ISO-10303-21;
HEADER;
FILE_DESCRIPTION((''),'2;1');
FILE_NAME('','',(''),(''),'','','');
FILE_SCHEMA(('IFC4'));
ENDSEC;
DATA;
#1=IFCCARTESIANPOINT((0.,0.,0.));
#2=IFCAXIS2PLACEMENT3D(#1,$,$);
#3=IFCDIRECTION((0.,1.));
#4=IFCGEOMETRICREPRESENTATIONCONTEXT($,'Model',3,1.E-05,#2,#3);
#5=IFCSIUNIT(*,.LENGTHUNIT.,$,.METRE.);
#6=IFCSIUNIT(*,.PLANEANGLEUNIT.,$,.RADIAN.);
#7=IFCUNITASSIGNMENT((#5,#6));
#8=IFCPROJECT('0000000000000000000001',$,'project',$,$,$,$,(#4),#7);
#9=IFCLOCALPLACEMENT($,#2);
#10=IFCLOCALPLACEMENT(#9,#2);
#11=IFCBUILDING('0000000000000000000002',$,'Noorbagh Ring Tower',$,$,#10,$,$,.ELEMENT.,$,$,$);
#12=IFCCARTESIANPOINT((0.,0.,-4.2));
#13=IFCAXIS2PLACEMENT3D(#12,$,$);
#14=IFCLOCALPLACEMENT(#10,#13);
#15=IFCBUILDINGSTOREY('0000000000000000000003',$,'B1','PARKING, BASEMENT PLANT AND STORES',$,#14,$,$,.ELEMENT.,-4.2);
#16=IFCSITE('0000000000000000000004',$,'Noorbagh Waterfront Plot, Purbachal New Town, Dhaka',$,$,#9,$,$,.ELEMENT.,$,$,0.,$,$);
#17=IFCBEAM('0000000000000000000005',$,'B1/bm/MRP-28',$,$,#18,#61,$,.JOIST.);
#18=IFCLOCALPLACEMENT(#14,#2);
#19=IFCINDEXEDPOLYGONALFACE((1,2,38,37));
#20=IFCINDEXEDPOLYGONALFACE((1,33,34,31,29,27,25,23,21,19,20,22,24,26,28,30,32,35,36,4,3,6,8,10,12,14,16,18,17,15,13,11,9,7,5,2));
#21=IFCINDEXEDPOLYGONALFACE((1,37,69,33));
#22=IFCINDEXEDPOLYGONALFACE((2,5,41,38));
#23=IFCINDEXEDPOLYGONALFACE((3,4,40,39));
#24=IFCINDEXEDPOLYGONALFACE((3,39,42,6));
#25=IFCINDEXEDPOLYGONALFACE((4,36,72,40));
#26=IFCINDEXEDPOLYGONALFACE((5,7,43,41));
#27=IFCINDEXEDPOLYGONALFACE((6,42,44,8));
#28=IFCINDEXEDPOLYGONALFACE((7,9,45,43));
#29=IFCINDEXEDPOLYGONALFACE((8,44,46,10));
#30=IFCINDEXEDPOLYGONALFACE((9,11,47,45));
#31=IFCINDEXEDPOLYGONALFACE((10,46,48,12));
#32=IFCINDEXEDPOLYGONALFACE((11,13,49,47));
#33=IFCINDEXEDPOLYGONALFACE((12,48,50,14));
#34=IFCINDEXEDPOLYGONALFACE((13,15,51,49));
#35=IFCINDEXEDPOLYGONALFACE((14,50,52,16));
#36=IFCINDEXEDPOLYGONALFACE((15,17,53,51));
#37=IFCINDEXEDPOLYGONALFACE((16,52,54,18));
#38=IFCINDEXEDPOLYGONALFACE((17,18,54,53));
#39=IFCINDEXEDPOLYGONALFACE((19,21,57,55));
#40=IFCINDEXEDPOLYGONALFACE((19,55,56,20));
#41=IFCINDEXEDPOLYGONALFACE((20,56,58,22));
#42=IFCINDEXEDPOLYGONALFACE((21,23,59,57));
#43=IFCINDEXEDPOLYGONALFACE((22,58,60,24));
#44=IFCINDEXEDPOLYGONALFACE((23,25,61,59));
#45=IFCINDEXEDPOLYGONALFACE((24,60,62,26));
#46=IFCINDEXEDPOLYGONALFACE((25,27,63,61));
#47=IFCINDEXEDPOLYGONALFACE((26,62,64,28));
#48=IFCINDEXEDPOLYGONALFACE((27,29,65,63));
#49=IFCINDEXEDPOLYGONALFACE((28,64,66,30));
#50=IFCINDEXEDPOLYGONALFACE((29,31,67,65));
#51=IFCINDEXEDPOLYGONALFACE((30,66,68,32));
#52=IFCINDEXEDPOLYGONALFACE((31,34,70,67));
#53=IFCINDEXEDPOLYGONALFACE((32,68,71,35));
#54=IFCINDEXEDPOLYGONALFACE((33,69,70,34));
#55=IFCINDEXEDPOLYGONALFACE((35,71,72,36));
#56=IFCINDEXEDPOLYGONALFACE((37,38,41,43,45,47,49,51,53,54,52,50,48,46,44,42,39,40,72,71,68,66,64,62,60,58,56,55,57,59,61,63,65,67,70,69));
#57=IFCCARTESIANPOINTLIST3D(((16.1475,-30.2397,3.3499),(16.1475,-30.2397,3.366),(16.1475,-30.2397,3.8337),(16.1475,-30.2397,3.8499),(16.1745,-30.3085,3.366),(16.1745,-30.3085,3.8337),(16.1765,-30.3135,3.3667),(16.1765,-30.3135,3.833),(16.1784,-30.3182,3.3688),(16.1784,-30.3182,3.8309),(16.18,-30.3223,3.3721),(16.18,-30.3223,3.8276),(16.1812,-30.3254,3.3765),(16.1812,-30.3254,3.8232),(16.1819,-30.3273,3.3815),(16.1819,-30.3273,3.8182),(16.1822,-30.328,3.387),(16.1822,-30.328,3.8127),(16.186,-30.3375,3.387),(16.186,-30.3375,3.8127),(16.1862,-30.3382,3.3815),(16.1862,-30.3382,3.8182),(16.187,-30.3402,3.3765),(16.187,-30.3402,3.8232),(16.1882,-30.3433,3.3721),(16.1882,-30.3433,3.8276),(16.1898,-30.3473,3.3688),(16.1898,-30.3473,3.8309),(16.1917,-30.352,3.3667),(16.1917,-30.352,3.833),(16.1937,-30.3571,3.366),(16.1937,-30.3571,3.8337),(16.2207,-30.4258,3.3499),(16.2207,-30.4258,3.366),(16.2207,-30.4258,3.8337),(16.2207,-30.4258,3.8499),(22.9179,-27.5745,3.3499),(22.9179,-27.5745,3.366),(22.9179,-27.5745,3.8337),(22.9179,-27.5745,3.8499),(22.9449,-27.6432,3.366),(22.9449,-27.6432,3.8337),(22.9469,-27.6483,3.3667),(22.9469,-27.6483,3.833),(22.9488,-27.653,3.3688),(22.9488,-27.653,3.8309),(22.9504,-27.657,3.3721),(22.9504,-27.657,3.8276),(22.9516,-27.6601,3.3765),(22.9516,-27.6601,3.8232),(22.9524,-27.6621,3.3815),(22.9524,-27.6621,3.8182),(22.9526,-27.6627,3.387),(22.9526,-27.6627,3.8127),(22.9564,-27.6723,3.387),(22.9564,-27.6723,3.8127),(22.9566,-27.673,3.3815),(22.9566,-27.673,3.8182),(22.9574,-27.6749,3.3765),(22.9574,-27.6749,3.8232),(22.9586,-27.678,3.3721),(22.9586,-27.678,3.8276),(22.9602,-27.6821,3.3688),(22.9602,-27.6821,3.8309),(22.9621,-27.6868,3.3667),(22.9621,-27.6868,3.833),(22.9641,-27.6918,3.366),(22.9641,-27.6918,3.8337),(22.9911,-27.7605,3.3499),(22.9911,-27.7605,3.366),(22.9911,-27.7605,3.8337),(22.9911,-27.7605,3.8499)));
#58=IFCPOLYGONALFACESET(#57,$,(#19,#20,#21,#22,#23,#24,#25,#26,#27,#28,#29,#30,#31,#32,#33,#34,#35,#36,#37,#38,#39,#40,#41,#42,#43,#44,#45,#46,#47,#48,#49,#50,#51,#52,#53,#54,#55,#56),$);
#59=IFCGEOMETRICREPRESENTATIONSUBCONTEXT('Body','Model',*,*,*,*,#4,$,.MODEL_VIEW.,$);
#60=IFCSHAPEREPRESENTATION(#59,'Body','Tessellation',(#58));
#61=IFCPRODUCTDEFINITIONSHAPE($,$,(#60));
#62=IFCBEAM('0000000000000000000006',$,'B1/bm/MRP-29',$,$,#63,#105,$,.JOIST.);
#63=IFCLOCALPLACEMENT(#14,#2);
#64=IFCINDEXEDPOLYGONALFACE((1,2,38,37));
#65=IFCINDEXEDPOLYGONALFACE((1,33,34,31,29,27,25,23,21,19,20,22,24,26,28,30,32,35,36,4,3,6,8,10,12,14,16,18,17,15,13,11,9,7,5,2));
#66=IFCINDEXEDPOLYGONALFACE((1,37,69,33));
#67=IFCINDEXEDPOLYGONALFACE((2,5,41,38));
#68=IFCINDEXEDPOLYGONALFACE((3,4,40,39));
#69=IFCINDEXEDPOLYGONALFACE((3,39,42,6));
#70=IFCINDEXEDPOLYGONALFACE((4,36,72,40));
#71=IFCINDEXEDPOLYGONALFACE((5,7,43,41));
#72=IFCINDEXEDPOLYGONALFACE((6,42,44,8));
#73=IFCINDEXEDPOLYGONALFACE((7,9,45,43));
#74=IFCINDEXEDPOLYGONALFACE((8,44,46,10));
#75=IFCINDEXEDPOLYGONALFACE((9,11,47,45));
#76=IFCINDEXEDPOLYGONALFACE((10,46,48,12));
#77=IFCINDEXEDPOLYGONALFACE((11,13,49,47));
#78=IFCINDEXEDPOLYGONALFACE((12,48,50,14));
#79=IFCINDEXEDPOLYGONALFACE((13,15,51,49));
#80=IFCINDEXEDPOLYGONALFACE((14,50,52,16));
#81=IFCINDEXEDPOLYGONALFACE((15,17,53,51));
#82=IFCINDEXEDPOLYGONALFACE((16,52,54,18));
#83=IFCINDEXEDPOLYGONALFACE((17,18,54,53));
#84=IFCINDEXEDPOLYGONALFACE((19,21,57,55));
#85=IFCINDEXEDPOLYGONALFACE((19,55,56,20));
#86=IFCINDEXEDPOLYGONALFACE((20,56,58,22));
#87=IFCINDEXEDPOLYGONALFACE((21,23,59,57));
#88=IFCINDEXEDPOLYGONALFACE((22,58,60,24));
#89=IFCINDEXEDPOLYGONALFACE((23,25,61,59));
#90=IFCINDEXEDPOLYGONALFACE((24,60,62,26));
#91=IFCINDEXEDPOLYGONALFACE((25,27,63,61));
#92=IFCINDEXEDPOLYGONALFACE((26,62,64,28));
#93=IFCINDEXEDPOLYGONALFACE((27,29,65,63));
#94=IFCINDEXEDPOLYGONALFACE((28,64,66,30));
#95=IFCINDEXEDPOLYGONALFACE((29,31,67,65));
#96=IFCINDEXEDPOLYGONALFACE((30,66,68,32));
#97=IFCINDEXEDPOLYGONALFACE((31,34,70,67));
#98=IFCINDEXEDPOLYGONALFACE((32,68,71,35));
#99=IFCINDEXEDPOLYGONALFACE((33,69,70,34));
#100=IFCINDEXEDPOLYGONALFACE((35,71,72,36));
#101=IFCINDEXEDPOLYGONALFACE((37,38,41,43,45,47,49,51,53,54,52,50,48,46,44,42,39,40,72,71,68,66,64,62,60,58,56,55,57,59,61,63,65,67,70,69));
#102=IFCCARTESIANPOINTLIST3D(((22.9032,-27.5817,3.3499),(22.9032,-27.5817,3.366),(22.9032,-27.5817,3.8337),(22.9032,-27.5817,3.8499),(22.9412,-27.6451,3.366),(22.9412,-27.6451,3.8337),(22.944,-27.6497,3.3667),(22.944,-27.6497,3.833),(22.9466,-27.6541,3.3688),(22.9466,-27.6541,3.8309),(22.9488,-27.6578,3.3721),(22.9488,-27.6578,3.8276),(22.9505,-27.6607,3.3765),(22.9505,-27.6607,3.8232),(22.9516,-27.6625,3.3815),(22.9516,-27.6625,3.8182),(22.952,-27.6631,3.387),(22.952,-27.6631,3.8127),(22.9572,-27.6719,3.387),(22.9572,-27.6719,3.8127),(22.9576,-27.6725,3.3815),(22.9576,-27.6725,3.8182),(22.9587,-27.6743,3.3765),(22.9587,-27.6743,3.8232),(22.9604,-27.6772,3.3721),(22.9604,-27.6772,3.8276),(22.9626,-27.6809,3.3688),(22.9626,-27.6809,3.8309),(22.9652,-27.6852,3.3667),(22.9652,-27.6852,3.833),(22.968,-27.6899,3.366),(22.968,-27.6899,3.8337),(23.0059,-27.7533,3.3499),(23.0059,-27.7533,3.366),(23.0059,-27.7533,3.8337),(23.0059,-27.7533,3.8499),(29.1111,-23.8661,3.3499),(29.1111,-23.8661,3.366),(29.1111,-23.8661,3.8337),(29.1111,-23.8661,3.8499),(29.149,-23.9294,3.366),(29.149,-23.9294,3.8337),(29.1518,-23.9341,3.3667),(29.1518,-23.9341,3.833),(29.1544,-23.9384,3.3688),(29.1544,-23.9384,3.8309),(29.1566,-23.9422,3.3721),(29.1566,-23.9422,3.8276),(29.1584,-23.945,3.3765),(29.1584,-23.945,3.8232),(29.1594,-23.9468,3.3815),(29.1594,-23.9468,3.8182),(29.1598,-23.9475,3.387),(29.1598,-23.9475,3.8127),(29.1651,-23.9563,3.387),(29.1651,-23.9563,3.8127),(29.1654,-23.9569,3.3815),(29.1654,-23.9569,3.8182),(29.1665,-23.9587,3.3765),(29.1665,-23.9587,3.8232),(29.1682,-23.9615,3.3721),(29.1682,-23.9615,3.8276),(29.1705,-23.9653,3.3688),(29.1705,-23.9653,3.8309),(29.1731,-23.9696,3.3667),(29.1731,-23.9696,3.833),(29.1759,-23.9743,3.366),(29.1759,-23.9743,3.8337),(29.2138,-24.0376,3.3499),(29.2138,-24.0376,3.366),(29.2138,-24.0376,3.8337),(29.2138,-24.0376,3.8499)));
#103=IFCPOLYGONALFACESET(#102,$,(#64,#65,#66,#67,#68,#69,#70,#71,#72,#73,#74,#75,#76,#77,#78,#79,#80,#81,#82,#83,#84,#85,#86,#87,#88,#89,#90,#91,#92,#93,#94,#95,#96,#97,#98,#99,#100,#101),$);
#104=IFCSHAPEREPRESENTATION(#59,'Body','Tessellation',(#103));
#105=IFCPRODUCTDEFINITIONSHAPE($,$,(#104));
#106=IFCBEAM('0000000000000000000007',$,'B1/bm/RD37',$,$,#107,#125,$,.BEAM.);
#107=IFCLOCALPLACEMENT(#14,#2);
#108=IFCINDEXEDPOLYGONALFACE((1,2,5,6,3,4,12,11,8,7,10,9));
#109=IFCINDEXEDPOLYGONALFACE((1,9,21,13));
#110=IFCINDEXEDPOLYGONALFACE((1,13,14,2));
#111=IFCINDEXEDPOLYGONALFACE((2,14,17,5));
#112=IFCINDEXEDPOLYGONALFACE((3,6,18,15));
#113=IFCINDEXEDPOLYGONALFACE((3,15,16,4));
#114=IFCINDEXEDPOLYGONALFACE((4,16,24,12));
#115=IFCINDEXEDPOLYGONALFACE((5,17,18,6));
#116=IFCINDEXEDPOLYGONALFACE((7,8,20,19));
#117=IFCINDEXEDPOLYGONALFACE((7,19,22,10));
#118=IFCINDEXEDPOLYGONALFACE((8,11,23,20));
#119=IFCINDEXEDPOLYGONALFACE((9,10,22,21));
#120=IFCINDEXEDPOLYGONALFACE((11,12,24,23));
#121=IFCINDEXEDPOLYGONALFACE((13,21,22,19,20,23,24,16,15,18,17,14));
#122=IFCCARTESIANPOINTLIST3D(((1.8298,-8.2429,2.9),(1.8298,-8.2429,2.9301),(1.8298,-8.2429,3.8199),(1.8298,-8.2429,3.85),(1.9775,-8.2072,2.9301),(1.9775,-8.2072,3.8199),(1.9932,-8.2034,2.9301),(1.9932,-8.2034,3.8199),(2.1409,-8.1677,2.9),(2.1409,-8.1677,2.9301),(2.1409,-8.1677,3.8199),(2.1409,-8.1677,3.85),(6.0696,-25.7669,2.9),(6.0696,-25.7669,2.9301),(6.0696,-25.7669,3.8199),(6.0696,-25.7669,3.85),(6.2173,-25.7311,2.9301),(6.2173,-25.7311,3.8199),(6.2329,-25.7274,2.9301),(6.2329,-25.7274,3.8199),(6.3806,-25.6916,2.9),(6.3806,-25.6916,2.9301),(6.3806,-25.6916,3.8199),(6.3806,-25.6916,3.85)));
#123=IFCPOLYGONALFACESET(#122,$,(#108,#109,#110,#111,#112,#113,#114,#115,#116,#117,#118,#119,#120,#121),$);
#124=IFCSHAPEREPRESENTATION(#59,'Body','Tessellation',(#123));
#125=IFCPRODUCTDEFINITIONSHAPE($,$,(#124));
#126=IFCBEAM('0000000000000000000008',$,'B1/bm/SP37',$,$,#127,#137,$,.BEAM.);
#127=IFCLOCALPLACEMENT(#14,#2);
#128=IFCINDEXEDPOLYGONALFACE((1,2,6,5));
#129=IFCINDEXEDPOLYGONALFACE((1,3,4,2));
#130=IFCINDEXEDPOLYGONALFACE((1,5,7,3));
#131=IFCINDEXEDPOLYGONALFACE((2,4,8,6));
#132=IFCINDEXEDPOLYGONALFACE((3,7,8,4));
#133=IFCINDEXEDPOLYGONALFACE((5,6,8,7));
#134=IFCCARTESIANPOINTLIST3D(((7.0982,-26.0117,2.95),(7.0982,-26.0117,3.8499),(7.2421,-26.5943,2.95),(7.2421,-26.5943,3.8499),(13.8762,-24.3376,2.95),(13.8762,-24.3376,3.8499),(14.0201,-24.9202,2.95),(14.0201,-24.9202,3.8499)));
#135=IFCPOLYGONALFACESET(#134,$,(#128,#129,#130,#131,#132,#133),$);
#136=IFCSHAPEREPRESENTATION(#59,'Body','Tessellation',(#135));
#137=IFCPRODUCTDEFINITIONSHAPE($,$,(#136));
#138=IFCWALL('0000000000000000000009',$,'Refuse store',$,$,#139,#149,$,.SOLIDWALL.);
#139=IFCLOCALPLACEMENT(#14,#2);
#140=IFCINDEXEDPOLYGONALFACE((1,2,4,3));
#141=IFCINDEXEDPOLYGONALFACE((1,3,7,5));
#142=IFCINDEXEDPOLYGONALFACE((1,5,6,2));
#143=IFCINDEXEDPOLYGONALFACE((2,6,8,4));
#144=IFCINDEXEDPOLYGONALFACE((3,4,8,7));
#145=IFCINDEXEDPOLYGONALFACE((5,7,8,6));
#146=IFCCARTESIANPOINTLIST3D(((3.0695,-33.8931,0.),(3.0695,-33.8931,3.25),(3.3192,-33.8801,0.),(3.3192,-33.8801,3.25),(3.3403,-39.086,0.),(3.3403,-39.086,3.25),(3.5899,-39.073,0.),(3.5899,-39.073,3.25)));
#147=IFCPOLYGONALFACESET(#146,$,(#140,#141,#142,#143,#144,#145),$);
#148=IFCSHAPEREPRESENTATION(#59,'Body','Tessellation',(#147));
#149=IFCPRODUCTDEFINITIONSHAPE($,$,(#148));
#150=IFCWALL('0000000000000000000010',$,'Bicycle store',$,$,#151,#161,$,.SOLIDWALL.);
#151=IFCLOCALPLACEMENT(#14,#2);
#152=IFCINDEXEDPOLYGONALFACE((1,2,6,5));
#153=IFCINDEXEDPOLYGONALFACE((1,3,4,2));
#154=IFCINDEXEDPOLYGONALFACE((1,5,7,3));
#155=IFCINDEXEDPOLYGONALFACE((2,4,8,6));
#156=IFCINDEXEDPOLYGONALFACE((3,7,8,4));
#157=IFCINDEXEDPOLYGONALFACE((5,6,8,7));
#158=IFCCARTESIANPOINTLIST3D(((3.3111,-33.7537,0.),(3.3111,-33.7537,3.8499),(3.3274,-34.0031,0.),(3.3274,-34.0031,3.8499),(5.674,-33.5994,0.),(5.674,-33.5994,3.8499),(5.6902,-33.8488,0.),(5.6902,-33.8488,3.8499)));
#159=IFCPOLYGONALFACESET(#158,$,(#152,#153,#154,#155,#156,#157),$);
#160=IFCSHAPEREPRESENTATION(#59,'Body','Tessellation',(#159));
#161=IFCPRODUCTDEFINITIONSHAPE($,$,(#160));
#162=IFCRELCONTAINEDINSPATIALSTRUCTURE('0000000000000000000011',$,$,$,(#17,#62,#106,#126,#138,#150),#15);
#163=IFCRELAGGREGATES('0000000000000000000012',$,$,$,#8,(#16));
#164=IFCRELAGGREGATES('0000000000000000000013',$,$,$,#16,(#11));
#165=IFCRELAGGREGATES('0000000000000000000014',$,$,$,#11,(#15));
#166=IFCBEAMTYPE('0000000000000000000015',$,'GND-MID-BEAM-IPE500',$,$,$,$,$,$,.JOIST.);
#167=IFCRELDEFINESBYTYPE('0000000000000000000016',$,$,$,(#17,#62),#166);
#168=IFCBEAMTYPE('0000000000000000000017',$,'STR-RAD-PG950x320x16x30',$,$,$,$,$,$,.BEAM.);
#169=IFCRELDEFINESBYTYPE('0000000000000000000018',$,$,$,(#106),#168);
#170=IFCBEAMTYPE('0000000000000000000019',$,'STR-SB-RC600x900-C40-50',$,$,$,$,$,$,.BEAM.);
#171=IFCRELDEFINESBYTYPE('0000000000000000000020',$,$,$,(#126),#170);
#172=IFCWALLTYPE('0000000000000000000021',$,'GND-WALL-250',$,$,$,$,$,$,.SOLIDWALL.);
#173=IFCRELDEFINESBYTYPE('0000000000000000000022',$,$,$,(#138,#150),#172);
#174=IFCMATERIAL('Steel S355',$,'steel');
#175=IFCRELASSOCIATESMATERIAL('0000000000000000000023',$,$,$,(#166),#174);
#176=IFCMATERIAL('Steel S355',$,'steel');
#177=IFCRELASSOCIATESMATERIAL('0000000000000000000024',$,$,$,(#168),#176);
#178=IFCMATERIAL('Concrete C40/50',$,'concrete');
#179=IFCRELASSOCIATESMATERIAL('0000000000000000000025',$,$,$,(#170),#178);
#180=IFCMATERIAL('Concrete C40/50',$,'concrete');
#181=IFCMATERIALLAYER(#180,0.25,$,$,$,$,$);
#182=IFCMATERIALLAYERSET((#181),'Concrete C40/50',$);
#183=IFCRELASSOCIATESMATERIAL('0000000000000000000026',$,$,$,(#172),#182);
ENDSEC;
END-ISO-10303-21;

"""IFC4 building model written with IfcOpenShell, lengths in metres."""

from ifc_helpers import new_model, si_unit, direction, frame, frame_2d, origin, origin_2d, place, context, subcontext, project, spatial, rectangle, i_section, extrude, material, layer, layer_set, material_profile, profile_set, type_object, element, save


model = new_model("IFC4")

# Units and contexts
model_context = context("Model", 3, precision=1e-05, world=origin(), true_north=direction((0.0, 1.0)))
body_context = subcontext(model_context, "Body", "Model", "MODEL_VIEW")
ifc_project = project(units=[si_unit("LENGTHUNIT", "METRE"), si_unit("PLANEANGLEUNIT", "RADIAN")], contexts=[model_context])

# Site, building, storey
site_placement = place(None, origin())
site = spatial("IfcSite", under=ifc_project, at=site_placement, Name="Noorbagh Waterfront Plot, Purbachal New Town, Dhaka", CompositionType="ELEMENT", RefElevation=0.0)
building_placement = place(site_placement, origin())
building = spatial("IfcBuilding", under=site, at=building_placement, Name="Noorbagh Ring Tower", CompositionType="ELEMENT")
storey_placement = place(building_placement, frame((0.0, 0.0, -4.2)))
storey = spatial("IfcBuildingStorey", under=building, at=storey_placement, Name="B1", Description="PARKING, BASEMENT PLANT AND STORES", CompositionType="ELEMENT", Elevation=-4.2)

# Beams
ifc_material_1 = material(Name="Steel S355", Category="steel")
ifc_material_profile_1 = material_profile(ifc_material_1, i_section(OverallWidth=0.2, OverallDepth=0.5, WebThickness=0.0103, FlangeThickness=0.0161, FilletRadius=0.021, at=origin_2d()), Name="IPE500")
ifc_profile_set_1 = profile_set([ifc_material_profile_1], Name="Steel S355")
beam_type_1 = type_object("IfcBeamType", Name="GND-MID-BEAM-IPE500", PredefinedType="JOIST", material=ifc_profile_set_1)
beam_1_placement = place(storey_placement, frame((16.1841, -30.3328, 3.5999), z_axis=(0.930497, 0.3663, 0.0), x_axis=(-0.3663, 0.930497, 0.0)))
element("IfcBeam", 1, at=beam_1_placement, inside=storey, type_object=beam_type_1, Name="B1/bm/MRP-28", PredefinedType="JOIST", context=body_context, shape_type="SweptSolid", body=[
    extrude(i_section(OverallWidth=0.2, OverallDepth=0.5, WebThickness=0.0103, FlangeThickness=0.0161, FilletRadius=0.021, at=origin_2d()), origin(), (0.0, 0.0, 1.0), 7.2761),
])
beam_2_placement = place(storey_placement, frame((22.9546, -27.6675, 3.5999), z_axis=(0.858046, 0.513572, 0.0), x_axis=(-0.513572, 0.858046, 0.0)))
element("IfcBeam", 2, at=beam_2_placement, inside=storey, type_object=beam_type_1, Name="B1/bm/MRP-29", PredefinedType="JOIST", context=body_context, shape_type="SweptSolid", body=[
    extrude(i_section(OverallWidth=0.2, OverallDepth=0.5, WebThickness=0.0103, FlangeThickness=0.0161, FilletRadius=0.021, at=origin_2d()), origin(), (0.0, 0.0, 1.0), 7.2349),
])
ifc_material_2 = material(Name="Steel S355", Category="steel")
ifc_material_profile_2 = material_profile(ifc_material_2, i_section(OverallWidth=0.3201, OverallDepth=0.95, WebThickness=0.0161, FlangeThickness=0.03, at=origin_2d()), Name="PG950x320x16x30")
ifc_profile_set_2 = profile_set([ifc_material_profile_2], Name="Steel S355")
beam_type_2 = type_object("IfcBeamType", Name="STR-RAD-PG950x320x16x30", PredefinedType="BEAM", material=ifc_profile_set_2)
beam_3_placement = place(storey_placement, frame((6.2251, -25.7292, 3.375), z_axis=(-0.235156, 0.971958, 0.0), x_axis=(-0.971958, -0.235156, 0.0)))
element("IfcBeam", 3, at=beam_3_placement, inside=storey, type_object=beam_type_2, Name="B1/bm/RD37", PredefinedType="BEAM", context=body_context, shape_type="SweptSolid", body=[
    extrude(i_section(OverallWidth=0.3201, OverallDepth=0.95, WebThickness=0.0161, FlangeThickness=0.03, at=origin_2d()), origin(), (0.0, 0.0, 1.0), 18.0295),
])
ifc_material_3 = material(Name="Concrete C40/50", Category="concrete")
ifc_material_profile_3 = material_profile(ifc_material_3, rectangle(XDim=0.6001, YDim=0.8999, at=origin_2d()), Name="RC600x900")
ifc_profile_set_3 = profile_set([ifc_material_profile_3], Name="Concrete C40/50")
beam_type_3 = type_object("IfcBeamType", Name="STR-SB-RC600x900-C40-50", PredefinedType="BEAM", material=ifc_profile_set_3)
beam_4_placement = place(storey_placement, frame((7.1702, -26.303, 3.3999), z_axis=(0.970828, 0.239778, 0.0), x_axis=(-0.239778, 0.970828, 0.0)))
element("IfcBeam", 4, at=beam_4_placement, inside=storey, type_object=beam_type_3, Name="B1/bm/SP37", PredefinedType="BEAM", context=body_context, shape_type="SweptSolid", body=[
    extrude(rectangle(XDim=0.6001, YDim=0.8999, at=origin_2d()), origin(), (0.0, 0.0, 1.0), 6.9817),
])

# Walls
ifc_material_4 = material(Name="Concrete C40/50", Category="concrete")
ifc_layer_1 = layer(ifc_material_4, 0.25)
ifc_layer_set_1 = layer_set([ifc_layer_1], Name="Concrete C40/50")
wall_type_1 = type_object("IfcWallType", Name="GND-WALL-250", PredefinedType="SOLIDWALL", material=ifc_layer_set_1)
wall_1_placement = place(storey_placement, frame((3.1943, -33.8865, 0.0), z_axis=(0.0, 0.0, 1.0), x_axis=(0.052068, -0.998644, 0.0)))
element("IfcWall", 5, at=wall_1_placement, inside=storey, type_object=wall_type_1, Name="Refuse store", PredefinedType="SOLIDWALL", context=body_context, shape_type="SweptSolid", body=[
    extrude(rectangle(XDim=5.2, YDim=0.25, at=frame_2d((2.6001, 0.0))), origin(), (0.0, 0.0, 1.0), 3.25),
])
wall_2_placement = place(storey_placement, frame((3.3191, -33.8784, 0.0), z_axis=(0.0, 0.0, 1.0), x_axis=(0.997875, 0.065164, 0.0)))
element("IfcWall", 6, at=wall_2_placement, inside=storey, type_object=wall_type_1, Name="Bicycle store", PredefinedType="SOLIDWALL", context=body_context, shape_type="SweptSolid", body=[
    extrude(rectangle(XDim=2.3679, YDim=0.25, at=frame_2d((1.1841, 0.0))), origin(), (0.0, 0.0, 1.0), 3.8499),
])

save(model, "model.ifc")
